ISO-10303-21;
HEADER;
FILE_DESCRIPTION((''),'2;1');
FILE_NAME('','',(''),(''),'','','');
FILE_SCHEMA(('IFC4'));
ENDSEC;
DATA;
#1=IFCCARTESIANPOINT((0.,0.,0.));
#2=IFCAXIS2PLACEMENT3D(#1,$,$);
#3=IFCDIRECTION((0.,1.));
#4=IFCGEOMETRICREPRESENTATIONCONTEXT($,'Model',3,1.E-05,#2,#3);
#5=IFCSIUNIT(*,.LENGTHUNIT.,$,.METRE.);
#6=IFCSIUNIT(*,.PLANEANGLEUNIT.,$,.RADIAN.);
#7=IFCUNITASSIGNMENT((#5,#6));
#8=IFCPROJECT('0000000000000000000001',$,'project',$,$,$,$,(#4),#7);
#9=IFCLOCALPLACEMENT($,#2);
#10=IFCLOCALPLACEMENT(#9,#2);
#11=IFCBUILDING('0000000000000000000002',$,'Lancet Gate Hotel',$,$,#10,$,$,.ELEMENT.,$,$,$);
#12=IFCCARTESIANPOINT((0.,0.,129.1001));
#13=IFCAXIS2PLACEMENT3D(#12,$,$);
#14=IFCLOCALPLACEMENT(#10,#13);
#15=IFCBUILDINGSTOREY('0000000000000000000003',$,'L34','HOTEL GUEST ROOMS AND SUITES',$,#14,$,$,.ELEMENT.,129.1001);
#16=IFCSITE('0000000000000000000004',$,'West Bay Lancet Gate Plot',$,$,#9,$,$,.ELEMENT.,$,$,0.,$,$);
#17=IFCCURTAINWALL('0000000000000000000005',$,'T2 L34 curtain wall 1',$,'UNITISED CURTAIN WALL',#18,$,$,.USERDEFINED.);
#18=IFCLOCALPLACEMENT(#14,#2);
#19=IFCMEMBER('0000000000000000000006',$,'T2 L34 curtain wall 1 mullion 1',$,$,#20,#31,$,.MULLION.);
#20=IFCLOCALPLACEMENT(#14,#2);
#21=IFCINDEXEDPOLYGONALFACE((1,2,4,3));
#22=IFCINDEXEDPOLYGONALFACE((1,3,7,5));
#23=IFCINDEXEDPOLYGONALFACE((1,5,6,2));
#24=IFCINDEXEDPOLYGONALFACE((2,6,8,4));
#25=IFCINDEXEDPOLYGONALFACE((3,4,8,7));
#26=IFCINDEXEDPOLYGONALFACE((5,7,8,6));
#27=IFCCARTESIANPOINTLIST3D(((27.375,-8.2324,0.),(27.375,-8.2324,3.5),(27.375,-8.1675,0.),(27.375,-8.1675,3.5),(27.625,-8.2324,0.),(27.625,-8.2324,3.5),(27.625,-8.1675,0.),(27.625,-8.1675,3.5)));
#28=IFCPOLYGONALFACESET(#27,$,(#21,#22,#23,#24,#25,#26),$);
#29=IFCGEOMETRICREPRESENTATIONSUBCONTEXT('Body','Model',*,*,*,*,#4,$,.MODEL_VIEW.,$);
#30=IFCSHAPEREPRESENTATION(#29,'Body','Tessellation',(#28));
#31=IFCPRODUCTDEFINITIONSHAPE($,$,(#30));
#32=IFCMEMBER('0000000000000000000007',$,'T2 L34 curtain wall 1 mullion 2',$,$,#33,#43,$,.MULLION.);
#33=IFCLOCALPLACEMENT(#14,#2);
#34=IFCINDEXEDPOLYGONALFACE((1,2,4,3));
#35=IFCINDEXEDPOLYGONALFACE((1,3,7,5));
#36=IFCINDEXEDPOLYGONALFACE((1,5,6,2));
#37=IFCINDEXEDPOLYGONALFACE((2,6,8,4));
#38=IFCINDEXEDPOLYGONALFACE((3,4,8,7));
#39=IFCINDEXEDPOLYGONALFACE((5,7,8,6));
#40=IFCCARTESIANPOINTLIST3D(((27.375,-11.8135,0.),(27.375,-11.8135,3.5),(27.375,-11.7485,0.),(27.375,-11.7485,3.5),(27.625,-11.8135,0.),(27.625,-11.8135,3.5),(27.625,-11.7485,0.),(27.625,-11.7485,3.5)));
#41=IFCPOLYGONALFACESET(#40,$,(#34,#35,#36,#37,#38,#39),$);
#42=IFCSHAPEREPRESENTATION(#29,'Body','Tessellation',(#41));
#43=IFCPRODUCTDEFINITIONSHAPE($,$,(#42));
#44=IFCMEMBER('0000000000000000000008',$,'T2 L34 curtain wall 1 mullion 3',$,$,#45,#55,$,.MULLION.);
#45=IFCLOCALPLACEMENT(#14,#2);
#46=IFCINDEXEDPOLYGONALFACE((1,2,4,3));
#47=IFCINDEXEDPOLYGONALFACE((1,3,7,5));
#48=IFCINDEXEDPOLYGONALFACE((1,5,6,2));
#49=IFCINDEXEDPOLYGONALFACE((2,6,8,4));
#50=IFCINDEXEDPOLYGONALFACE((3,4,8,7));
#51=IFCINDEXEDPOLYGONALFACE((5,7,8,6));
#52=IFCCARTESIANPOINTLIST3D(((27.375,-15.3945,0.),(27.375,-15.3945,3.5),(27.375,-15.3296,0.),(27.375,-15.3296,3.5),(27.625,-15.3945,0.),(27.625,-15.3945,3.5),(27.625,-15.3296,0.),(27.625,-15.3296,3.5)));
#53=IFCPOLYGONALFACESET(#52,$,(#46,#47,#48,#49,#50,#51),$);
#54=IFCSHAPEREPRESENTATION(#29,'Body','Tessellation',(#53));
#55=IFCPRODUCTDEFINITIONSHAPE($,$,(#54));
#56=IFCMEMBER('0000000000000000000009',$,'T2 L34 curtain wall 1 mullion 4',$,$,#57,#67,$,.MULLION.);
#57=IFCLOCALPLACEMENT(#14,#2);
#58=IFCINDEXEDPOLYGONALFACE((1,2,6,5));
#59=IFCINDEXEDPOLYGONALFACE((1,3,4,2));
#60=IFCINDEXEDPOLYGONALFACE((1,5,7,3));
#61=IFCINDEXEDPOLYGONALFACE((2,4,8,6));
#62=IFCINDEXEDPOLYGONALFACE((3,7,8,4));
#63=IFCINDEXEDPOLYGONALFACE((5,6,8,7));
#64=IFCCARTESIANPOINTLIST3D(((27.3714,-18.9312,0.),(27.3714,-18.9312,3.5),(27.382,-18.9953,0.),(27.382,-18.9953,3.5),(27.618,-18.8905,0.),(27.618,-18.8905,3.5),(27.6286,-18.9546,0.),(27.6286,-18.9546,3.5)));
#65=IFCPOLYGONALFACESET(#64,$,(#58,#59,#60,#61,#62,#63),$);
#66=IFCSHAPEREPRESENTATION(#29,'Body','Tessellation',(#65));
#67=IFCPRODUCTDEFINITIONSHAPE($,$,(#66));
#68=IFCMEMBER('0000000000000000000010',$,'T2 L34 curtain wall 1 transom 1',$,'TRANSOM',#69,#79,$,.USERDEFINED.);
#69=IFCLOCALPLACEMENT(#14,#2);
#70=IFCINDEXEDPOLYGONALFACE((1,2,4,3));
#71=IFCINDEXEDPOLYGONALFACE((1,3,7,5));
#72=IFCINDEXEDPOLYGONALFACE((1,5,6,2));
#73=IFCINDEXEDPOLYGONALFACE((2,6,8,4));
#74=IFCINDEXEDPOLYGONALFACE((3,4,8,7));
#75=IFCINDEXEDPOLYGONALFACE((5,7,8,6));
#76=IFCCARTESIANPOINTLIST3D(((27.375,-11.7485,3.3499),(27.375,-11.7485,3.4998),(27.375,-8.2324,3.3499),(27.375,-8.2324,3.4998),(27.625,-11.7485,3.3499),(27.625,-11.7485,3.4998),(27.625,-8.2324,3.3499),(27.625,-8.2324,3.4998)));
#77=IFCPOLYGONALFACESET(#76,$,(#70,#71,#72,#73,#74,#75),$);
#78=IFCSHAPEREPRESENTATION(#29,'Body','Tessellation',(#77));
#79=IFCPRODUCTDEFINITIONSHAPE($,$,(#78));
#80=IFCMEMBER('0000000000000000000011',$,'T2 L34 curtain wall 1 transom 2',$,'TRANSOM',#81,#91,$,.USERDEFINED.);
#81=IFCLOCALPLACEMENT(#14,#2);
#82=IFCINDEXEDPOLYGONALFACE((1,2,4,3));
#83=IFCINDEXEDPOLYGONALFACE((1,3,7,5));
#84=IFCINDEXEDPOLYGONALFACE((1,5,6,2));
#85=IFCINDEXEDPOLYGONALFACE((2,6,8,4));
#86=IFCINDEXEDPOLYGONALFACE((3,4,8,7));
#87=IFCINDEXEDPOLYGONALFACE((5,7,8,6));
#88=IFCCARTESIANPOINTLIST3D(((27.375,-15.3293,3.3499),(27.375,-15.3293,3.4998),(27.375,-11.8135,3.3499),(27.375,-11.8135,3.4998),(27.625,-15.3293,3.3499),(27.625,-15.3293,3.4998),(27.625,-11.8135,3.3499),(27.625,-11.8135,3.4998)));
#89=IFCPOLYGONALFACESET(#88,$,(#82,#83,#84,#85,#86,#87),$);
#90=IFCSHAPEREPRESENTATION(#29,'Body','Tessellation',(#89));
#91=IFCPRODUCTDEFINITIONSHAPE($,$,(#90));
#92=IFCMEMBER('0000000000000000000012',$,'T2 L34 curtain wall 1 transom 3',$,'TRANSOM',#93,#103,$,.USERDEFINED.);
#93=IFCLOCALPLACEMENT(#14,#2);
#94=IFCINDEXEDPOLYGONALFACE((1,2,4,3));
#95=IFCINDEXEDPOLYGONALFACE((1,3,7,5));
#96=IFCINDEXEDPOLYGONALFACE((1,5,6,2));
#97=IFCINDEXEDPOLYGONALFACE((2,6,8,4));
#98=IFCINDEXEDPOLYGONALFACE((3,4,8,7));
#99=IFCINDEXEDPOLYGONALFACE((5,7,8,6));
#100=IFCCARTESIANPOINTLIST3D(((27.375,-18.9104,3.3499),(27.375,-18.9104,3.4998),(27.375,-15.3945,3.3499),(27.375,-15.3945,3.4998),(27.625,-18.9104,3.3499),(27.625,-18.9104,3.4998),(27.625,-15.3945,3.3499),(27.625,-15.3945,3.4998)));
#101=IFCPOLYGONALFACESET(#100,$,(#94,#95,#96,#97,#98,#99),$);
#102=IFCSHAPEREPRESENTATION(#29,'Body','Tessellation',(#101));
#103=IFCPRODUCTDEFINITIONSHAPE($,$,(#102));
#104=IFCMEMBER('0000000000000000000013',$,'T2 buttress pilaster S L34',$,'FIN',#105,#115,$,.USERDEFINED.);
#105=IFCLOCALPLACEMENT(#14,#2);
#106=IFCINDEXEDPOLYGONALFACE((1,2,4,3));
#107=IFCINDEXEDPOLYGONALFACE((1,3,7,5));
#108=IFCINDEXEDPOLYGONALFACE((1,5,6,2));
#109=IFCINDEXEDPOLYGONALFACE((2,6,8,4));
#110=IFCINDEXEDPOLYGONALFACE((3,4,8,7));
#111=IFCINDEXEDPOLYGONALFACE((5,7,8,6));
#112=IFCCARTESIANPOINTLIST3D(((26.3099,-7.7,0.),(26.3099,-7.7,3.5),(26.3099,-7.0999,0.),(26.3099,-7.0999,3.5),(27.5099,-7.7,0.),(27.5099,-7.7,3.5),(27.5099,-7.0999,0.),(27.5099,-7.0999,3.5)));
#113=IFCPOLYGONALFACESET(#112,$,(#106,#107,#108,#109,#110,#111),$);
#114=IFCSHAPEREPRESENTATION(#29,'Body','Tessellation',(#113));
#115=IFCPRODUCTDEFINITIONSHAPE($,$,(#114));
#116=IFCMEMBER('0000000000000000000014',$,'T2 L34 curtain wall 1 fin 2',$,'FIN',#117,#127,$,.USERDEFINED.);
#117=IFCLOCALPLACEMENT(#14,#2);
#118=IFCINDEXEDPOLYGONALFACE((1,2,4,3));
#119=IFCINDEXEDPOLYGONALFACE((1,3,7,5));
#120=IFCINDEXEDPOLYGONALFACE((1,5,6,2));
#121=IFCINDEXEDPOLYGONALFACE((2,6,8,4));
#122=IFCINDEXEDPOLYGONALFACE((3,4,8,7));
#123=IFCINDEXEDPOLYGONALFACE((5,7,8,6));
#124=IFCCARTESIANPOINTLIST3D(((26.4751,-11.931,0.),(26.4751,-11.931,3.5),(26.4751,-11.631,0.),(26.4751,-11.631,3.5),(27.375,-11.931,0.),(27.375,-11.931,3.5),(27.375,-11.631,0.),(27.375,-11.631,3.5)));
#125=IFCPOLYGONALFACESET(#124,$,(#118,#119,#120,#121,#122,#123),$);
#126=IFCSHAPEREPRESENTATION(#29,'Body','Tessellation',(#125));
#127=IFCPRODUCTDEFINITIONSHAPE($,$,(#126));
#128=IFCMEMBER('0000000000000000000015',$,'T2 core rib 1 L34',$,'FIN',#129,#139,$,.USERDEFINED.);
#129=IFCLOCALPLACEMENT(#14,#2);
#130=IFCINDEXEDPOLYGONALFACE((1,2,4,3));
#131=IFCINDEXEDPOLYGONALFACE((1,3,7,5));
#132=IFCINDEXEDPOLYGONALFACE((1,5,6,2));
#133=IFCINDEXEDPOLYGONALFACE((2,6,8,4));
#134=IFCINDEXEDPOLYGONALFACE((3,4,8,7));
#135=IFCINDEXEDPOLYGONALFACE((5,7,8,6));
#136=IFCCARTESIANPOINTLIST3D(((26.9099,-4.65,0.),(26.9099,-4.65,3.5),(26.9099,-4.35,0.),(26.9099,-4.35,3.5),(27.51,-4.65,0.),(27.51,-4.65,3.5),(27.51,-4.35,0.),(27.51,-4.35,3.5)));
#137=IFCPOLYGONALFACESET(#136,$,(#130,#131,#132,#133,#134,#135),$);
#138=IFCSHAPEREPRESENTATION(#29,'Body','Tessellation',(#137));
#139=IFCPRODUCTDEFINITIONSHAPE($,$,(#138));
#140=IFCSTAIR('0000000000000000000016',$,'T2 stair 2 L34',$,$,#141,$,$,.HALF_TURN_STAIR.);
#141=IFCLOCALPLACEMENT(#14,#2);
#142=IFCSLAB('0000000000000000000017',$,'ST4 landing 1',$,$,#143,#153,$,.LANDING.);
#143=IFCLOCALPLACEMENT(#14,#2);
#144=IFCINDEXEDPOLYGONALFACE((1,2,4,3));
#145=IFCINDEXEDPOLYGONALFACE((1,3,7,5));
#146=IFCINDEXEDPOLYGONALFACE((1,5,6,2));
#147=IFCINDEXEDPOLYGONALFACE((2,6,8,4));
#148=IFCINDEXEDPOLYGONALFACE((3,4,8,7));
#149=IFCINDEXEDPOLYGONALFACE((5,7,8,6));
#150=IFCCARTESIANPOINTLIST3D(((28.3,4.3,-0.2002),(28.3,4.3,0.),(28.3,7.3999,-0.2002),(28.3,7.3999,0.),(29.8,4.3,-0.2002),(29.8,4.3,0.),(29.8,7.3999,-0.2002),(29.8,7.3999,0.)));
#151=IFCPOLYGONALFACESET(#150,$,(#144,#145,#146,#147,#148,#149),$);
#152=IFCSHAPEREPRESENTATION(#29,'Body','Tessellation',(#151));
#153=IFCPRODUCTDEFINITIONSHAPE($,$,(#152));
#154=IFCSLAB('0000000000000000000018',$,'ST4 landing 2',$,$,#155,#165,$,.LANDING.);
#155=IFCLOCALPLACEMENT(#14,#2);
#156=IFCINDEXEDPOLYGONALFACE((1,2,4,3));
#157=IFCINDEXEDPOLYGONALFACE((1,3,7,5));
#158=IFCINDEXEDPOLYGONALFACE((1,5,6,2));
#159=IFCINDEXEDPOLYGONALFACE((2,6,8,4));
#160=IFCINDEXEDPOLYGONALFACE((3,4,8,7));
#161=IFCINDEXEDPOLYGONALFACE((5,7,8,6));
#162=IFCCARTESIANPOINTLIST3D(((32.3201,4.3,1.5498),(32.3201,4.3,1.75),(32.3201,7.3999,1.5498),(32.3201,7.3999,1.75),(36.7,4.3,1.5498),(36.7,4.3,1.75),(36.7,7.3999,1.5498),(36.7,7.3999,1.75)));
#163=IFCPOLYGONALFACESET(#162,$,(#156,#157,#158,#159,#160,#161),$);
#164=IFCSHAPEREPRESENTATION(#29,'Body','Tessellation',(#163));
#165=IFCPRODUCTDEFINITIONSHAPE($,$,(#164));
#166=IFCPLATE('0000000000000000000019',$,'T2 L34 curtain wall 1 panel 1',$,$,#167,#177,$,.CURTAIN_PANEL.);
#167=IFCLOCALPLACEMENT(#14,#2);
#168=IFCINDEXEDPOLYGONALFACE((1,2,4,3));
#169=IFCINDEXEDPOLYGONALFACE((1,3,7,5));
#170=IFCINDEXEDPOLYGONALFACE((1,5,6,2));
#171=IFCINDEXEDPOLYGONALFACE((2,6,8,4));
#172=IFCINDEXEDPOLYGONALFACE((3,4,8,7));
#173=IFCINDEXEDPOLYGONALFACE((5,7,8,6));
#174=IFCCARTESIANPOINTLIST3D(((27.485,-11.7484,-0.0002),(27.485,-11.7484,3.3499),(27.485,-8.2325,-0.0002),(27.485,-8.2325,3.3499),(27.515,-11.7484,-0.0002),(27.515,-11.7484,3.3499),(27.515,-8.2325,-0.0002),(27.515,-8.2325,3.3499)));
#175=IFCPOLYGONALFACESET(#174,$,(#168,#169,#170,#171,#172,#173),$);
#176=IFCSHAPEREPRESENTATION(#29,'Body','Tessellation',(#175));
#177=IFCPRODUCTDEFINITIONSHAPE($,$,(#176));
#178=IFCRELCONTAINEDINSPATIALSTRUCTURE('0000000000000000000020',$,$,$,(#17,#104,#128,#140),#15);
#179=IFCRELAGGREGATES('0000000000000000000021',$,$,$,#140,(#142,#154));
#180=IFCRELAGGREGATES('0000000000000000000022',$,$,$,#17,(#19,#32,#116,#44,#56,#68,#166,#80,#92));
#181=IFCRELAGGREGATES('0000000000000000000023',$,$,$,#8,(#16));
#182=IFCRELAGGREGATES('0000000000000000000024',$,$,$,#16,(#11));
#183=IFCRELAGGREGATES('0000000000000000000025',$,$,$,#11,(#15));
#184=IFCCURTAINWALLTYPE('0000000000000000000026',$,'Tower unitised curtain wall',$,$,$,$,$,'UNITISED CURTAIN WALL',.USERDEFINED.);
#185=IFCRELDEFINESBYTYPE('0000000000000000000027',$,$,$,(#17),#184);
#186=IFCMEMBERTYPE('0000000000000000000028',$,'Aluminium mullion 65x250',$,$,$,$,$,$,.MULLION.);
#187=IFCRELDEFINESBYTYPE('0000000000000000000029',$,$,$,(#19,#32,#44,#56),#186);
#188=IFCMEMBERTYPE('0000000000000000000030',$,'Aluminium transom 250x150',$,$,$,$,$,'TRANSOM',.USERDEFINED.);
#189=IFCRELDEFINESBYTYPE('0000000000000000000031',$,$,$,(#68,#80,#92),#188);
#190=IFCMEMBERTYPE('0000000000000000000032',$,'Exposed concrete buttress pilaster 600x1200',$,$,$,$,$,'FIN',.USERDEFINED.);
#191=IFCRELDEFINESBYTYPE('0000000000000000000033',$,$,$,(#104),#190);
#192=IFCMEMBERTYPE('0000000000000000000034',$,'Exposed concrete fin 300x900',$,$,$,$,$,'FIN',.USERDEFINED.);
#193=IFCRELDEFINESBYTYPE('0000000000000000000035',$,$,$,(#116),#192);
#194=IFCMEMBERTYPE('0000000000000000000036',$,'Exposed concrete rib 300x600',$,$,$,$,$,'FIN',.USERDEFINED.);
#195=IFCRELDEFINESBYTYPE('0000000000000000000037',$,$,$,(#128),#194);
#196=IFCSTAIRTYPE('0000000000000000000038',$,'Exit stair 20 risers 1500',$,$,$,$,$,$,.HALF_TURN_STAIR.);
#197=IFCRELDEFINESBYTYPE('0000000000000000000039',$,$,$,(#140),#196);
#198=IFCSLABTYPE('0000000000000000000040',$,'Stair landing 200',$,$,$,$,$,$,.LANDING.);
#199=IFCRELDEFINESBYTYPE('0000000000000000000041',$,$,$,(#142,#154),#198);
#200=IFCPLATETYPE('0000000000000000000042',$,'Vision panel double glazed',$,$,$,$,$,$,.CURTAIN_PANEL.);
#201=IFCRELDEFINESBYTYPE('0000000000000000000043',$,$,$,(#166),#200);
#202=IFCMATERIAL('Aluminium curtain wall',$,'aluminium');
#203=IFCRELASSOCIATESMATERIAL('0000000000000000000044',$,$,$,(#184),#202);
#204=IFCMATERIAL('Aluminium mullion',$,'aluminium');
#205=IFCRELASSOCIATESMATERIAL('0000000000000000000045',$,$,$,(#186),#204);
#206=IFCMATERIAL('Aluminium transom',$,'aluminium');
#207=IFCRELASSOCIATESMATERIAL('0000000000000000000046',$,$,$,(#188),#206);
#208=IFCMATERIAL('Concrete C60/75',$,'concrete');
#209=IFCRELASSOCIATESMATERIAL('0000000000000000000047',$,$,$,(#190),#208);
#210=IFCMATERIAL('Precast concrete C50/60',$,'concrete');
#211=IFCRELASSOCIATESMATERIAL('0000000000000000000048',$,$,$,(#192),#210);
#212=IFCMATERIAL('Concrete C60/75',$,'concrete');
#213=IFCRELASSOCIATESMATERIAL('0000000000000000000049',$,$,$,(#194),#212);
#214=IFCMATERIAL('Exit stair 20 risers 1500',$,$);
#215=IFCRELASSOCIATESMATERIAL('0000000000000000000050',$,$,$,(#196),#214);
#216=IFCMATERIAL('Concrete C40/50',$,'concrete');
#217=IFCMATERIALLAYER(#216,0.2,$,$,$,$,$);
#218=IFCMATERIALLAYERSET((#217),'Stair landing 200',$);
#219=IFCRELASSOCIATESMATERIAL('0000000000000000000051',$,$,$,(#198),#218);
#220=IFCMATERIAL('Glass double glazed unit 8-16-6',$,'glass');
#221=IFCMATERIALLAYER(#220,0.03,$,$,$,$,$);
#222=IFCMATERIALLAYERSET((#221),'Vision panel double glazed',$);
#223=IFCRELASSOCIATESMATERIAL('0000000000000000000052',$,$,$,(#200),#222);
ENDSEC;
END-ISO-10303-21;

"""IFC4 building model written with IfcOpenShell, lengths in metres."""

from ifc_helpers import new_model, si_unit, direction, frame, origin, origin_2d, place, context, subcontext, project, spatial, polyline, rectangle, outline, extrude, material, layer, layer_set, material_profile, profile_set, type_object, element, aggregate, save


model = new_model("IFC4")

# Units and contexts
model_context = context("Model", 3, precision=1e-05, world=origin(), true_north=direction((0.0, 1.0)))
body_context = subcontext(model_context, "Body", "Model", "MODEL_VIEW")
ifc_project = project(units=[si_unit("LENGTHUNIT", "METRE"), si_unit("PLANEANGLEUNIT", "RADIAN")], contexts=[model_context])

# Site, building, storey
site_placement = place(None, origin())
site = spatial("IfcSite", under=ifc_project, at=site_placement, Name="West Bay Lancet Gate Plot", CompositionType="ELEMENT", RefElevation=0.0)
building_placement = place(site_placement, origin())
building = spatial("IfcBuilding", under=site, at=building_placement, Name="Lancet Gate Hotel", CompositionType="ELEMENT")
storey_placement = place(building_placement, frame((0.0, 0.0, 129.1001)))
storey = spatial("IfcBuildingStorey", under=building, at=storey_placement, Name="L34", Description="HOTEL GUEST ROOMS AND SUITES", CompositionType="ELEMENT", Elevation=129.1001)

# Curtain wall, members
ifc_material_1 = material(Name="Aluminium curtain wall", Category="aluminium")
curtain_wall_type = type_object("IfcCurtainWallType", Name="Tower unitised curtain wall", ElementType="UNITISED CURTAIN WALL", PredefinedType="USERDEFINED", material=ifc_material_1)
curtain_wall_placement = place(storey_placement, origin())
curtain_wall = element("IfcCurtainWall", 1, at=curtain_wall_placement, inside=storey, type_object=curtain_wall_type, Name="T2 L34 curtain wall 1", ObjectType="UNITISED CURTAIN WALL", PredefinedType="USERDEFINED")
ifc_material_2 = material(Name="Aluminium mullion", Category="aluminium")
ifc_material_profile_1 = material_profile(ifc_material_2, rectangle(XDim=0.0649, YDim=0.25, at=origin_2d()), Name="MULLION 65x250")
ifc_profile_set_1 = profile_set([ifc_material_profile_1], Name="Aluminium mullion")
member_type_1 = type_object("IfcMemberType", Name="Aluminium mullion 65x250", PredefinedType="MULLION", material=ifc_profile_set_1)
member_1_placement = place(storey_placement, frame((27.5, -8.2, 0.0), z_axis=(0.0, 0.0, 1.0), x_axis=(0.0, -1.0, 0.0)))
member_1 = element("IfcMember", 2, at=member_1_placement, type_object=member_type_1, Name="T2 L34 curtain wall 1 mullion 1", PredefinedType="MULLION", context=body_context, shape_type="SweptSolid", body=[
    extrude(rectangle(XDim=0.0649, YDim=0.25, at=origin_2d()), origin(), (0.0, 0.0, 1.0), 3.5),
])
member_2_placement = place(storey_placement, frame((27.5, -11.781, 0.0), z_axis=(0.0, 0.0, 1.0), x_axis=(0.0, -1.0, 0.0)))
member_2 = element("IfcMember", 3, at=member_2_placement, type_object=member_type_1, Name="T2 L34 curtain wall 1 mullion 2", PredefinedType="MULLION", context=body_context, shape_type="SweptSolid", body=[
    extrude(rectangle(XDim=0.0649, YDim=0.25, at=origin_2d()), origin(), (0.0, 0.0, 1.0), 3.5),
])
member_3_placement = place(storey_placement, frame((27.5, -15.3621, 0.0), z_axis=(0.0, 0.0, 1.0), x_axis=(0.0, -1.0, 0.0)))
member_3 = element("IfcMember", 4, at=member_3_placement, type_object=member_type_1, Name="T2 L34 curtain wall 1 mullion 3", PredefinedType="MULLION", context=body_context, shape_type="SweptSolid", body=[
    extrude(rectangle(XDim=0.0649, YDim=0.25, at=origin_2d()), origin(), (0.0, 0.0, 1.0), 3.5),
])
member_4_placement = place(storey_placement, frame((27.5, -18.9429, 0.0), z_axis=(0.0, 0.0, 1.0), x_axis=(0.162739, -0.986669, 0.0)))
member_4 = element("IfcMember", 5, at=member_4_placement, type_object=member_type_1, Name="T2 L34 curtain wall 1 mullion 4", PredefinedType="MULLION", context=body_context, shape_type="SweptSolid", body=[
    extrude(rectangle(XDim=0.0649, YDim=0.25, at=origin_2d()), origin(), (0.0, 0.0, 1.0), 3.5),
])
ifc_material_3 = material(Name="Aluminium transom", Category="aluminium")
ifc_material_profile_2 = material_profile(ifc_material_3, rectangle(XDim=0.25, YDim=0.1499, at=origin_2d()), Name="TRANSOM 250x150")
ifc_profile_set_2 = profile_set([ifc_material_profile_2], Name="Aluminium transom")
member_type_2 = type_object("IfcMemberType", Name="Aluminium transom 250x150", ElementType="TRANSOM", PredefinedType="USERDEFINED", material=ifc_profile_set_2)
member_5_placement = place(storey_placement, frame((27.5, -8.2324, 3.4248), z_axis=(0.0, -1.0, 0.0), x_axis=(1.0, 0.0, 0.0)))
member_5 = element("IfcMember", 6, at=member_5_placement, type_object=member_type_2, Name="T2 L34 curtain wall 1 transom 1", ObjectType="TRANSOM", PredefinedType="USERDEFINED", context=body_context, shape_type="SweptSolid", body=[
    extrude(rectangle(XDim=0.25, YDim=0.1499, at=origin_2d()), origin(), (0.0, 0.0, 1.0), 3.5161),
])
member_6_placement = place(storey_placement, frame((27.5, -11.8135, 3.4248), z_axis=(0.0, -1.0, 0.0), x_axis=(1.0, 0.0, 0.0)))
member_6 = element("IfcMember", 7, at=member_6_placement, type_object=member_type_2, Name="T2 L34 curtain wall 1 transom 2", ObjectType="TRANSOM", PredefinedType="USERDEFINED", context=body_context, shape_type="SweptSolid", body=[
    extrude(rectangle(XDim=0.25, YDim=0.1499, at=origin_2d()), origin(), (0.0, 0.0, 1.0), 3.5159),
])
member_7_placement = place(storey_placement, frame((27.5, -15.3945, 3.4248), z_axis=(0.0, -1.0, 0.0), x_axis=(1.0, 0.0, 0.0)))
member_7 = element("IfcMember", 8, at=member_7_placement, type_object=member_type_2, Name="T2 L34 curtain wall 1 transom 3", ObjectType="TRANSOM", PredefinedType="USERDEFINED", context=body_context, shape_type="SweptSolid", body=[
    extrude(rectangle(XDim=0.25, YDim=0.1499, at=origin_2d()), origin(), (0.0, 0.0, 1.0), 3.5159),
])

# Members
ifc_material_4 = material(Name="Concrete C60/75", Category="concrete")
ifc_material_profile_3 = material_profile(ifc_material_4, rectangle(XDim=0.6001, YDim=1.2, at=origin_2d()), Name="FIN 600x1200")
ifc_profile_set_3 = profile_set([ifc_material_profile_3], Name="Concrete C60/75")
member_type_3 = type_object("IfcMemberType", Name="Exposed concrete buttress pilaster 600x1200", ElementType="FIN", PredefinedType="USERDEFINED", material=ifc_profile_set_3)
member_8_placement = place(storey_placement, frame((26.9099, -7.3999, 0.0), z_axis=(0.0, 0.0, 1.0), x_axis=(0.0, 1.0, 0.0)))
element("IfcMember", 9, at=member_8_placement, inside=storey, type_object=member_type_3, Name="T2 buttress pilaster S L34", ObjectType="FIN", PredefinedType="USERDEFINED", context=body_context, shape_type="SweptSolid", body=[
    extrude(rectangle(XDim=0.6001, YDim=1.2, at=origin_2d()), origin(), (0.0, 0.0, 1.0), 3.5),
])
ifc_material_5 = material(Name="Precast concrete C50/60", Category="concrete")
ifc_material_profile_4 = material_profile(ifc_material_5, rectangle(XDim=0.3, YDim=0.8999, at=origin_2d()), Name="FIN 300x900")
ifc_profile_set_4 = profile_set([ifc_material_profile_4], Name="Precast concrete C50/60")
member_type_4 = type_object("IfcMemberType", Name="Exposed concrete fin 300x900", ElementType="FIN", PredefinedType="USERDEFINED", material=ifc_profile_set_4)
member_9_placement = place(storey_placement, frame((26.925, -11.781, 0.0), z_axis=(0.0, 0.0, 1.0), x_axis=(0.0, -1.0, 0.0)))
member_9 = element("IfcMember", 10, at=member_9_placement, type_object=member_type_4, Name="T2 L34 curtain wall 1 fin 2", ObjectType="FIN", PredefinedType="USERDEFINED", context=body_context, shape_type="SweptSolid", body=[
    extrude(rectangle(XDim=0.3, YDim=0.8999, at=origin_2d()), origin(), (0.0, 0.0, 1.0), 3.5),
])
ifc_material_6 = material(Name="Concrete C60/75", Category="concrete")
ifc_material_profile_5 = material_profile(ifc_material_6, rectangle(XDim=0.3, YDim=0.6001, at=origin_2d()), Name="FIN 300x600")
ifc_profile_set_5 = profile_set([ifc_material_profile_5], Name="Concrete C60/75")
member_type_5 = type_object("IfcMemberType", Name="Exposed concrete rib 300x600", ElementType="FIN", PredefinedType="USERDEFINED", material=ifc_profile_set_5)
member_10_placement = place(storey_placement, frame((27.21, -4.5, 0.0), z_axis=(0.0, 0.0, 1.0), x_axis=(0.0, 1.0, 0.0)))
element("IfcMember", 11, at=member_10_placement, inside=storey, type_object=member_type_5, Name="T2 core rib 1 L34", ObjectType="FIN", PredefinedType="USERDEFINED", context=body_context, shape_type="SweptSolid", body=[
    extrude(rectangle(XDim=0.3, YDim=0.6001, at=origin_2d()), origin(), (0.0, 0.0, 1.0), 3.5),
])

# Stair, slabs
ifc_material_7 = material(Name="Exit stair 20 risers 1500")
stair_type = type_object("IfcStairType", Name="Exit stair 20 risers 1500", PredefinedType="HALF_TURN_STAIR", material=ifc_material_7)
stair_placement = place(storey_placement, origin())
stair = element("IfcStair", 12, at=stair_placement, inside=storey, type_object=stair_type, Name="T2 stair 2 L34", PredefinedType="HALF_TURN_STAIR")
ifc_material_8 = material(Name="Concrete C40/50", Category="concrete")
ifc_layer_1 = layer(ifc_material_8, 0.2)
ifc_layer_set_1 = layer_set([ifc_layer_1], Name="Stair landing 200")
slab_type = type_object("IfcSlabType", Name="Stair landing 200", PredefinedType="LANDING", material=ifc_layer_set_1)
slab_1_placement = place(storey_placement, frame((0.0, 0.0, -0.2002)))
slab_1 = element("IfcSlab", 13, at=slab_1_placement, type_object=slab_type, Name="ST4 landing 1", PredefinedType="LANDING", context=body_context, shape_type="SweptSolid", body=[
    extrude(outline(polyline([(28.3, 4.3), (29.8, 4.3), (29.8, 7.3999), (28.3, 7.3999), (28.3, 4.3)])), origin(), (0.0, 0.0, 1.0), 0.2002),
])
slab_2_placement = place(storey_placement, frame((0.0, 0.0, 1.5498)))
slab_2 = element("IfcSlab", 14, at=slab_2_placement, type_object=slab_type, Name="ST4 landing 2", PredefinedType="LANDING", context=body_context, shape_type="SweptSolid", body=[
    extrude(outline(polyline([(32.3201, 4.3), (36.7, 4.3), (36.7, 7.3999), (32.3201, 7.3999), (32.3201, 4.3)])), origin(), (0.0, 0.0, 1.0), 0.2002),
])
aggregate(stair, [slab_1, slab_2])

# Plate
ifc_material_9 = material(Name="Glass double glazed unit 8-16-6", Category="glass")
ifc_layer_2 = layer(ifc_material_9, 0.03)
ifc_layer_set_2 = layer_set([ifc_layer_2], Name="Vision panel double glazed")
plate_type = type_object("IfcPlateType", Name="Vision panel double glazed", PredefinedType="CURTAIN_PANEL", material=ifc_layer_set_2)
plate_1_placement = place(storey_placement, frame((27.5, -9.9905, -0.0002), z_axis=(0.0, 0.0, 1.0), x_axis=(0.0, -1.0, 0.0)))
plate_1 = element("IfcPlate", 15, at=plate_1_placement, type_object=plate_type, Name="T2 L34 curtain wall 1 panel 1", PredefinedType="CURTAIN_PANEL", context=body_context, shape_type="SweptSolid", body=[
    extrude(rectangle(XDim=3.5159, YDim=0.03, at=origin_2d()), origin(), (0.0, 0.0, 1.0), 3.3501),
])
aggregate(curtain_wall, [member_1, member_2, member_9, member_3, member_4, member_5, plate_1, member_6, member_7])

save(model, "model.ifc")
